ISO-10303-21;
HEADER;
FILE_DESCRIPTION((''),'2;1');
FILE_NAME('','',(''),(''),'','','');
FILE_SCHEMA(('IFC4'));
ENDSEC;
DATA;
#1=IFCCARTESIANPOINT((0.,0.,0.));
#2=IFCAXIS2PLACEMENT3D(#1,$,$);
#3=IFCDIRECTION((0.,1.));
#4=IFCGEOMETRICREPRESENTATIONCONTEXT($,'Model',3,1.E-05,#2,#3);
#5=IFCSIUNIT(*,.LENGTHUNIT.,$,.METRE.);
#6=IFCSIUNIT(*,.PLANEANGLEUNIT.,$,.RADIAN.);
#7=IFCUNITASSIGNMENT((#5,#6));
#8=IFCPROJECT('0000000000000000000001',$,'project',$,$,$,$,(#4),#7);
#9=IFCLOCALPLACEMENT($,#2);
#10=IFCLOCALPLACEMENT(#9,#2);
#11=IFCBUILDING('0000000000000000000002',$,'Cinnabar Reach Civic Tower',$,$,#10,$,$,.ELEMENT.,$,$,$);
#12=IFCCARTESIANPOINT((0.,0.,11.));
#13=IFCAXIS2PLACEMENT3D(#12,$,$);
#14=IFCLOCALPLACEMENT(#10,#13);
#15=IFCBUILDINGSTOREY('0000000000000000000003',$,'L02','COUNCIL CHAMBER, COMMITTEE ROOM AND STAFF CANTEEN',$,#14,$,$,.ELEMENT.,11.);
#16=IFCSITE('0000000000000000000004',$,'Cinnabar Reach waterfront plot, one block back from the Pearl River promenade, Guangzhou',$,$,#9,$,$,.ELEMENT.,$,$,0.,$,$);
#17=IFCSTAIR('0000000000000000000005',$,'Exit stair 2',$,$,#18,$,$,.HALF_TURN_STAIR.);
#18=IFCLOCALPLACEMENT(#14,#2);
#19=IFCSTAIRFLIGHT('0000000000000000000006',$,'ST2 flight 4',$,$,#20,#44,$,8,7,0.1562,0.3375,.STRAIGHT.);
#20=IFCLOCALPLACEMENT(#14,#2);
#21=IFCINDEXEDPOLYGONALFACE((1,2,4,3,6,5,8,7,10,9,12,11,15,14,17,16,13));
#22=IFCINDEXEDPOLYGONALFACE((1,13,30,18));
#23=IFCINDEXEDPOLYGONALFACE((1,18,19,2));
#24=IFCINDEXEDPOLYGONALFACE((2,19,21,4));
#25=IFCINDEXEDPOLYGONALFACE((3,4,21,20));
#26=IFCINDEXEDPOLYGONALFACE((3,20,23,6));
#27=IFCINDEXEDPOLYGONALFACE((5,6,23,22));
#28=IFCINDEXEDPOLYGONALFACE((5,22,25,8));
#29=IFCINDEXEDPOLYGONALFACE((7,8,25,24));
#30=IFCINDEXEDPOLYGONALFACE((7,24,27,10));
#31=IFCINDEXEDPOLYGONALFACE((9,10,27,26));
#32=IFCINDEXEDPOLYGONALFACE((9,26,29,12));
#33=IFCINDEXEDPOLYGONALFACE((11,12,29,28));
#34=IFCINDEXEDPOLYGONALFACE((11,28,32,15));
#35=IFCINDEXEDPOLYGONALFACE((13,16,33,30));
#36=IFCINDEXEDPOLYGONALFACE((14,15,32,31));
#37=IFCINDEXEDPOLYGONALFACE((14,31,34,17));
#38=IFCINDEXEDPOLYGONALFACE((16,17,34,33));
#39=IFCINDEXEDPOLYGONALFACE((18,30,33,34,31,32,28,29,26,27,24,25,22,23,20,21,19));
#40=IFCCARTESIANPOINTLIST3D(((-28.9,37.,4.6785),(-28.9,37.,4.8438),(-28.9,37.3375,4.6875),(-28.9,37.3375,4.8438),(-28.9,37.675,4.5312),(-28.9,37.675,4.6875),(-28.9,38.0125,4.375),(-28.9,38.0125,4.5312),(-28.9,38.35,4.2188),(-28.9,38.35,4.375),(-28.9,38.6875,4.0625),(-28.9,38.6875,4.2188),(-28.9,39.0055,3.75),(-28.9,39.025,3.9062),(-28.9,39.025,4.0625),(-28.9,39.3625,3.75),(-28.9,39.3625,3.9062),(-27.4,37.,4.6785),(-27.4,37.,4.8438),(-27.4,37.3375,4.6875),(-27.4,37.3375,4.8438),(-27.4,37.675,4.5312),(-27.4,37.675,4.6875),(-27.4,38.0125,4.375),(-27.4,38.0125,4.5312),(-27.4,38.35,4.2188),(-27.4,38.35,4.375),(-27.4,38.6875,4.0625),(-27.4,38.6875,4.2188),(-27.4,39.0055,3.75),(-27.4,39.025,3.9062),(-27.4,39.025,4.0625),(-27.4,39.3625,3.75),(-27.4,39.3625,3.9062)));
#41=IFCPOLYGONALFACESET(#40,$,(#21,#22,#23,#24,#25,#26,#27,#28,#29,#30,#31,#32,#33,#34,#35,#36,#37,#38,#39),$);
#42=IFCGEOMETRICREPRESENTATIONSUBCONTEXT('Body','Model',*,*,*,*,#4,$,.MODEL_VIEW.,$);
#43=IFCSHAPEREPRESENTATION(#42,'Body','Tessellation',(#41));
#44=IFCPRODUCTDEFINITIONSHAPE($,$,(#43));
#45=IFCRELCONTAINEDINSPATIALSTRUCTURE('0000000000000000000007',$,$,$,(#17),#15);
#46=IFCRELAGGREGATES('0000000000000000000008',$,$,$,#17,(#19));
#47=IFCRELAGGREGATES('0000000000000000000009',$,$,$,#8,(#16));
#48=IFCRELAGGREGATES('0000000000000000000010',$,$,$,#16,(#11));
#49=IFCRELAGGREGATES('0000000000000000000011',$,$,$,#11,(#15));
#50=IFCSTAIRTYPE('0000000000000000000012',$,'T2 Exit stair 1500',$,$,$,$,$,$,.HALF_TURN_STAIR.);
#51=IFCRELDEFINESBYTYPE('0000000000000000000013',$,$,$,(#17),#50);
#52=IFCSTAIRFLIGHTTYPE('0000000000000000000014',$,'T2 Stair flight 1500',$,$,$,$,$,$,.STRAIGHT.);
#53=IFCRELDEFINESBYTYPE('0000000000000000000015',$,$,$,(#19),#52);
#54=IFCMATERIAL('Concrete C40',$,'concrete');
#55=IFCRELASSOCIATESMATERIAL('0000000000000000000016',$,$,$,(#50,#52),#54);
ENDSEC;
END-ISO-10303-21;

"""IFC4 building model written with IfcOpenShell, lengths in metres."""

from ifc_helpers import new_model, si_unit, direction, frame, origin, place, context, subcontext, project, spatial, polyline, outline, extrude, material, type_object, element, aggregate, save


model = new_model("IFC4")

# Units and contexts
model_context = context("Model", 3, precision=1e-05, world=origin(), true_north=direction((0.0, 1.0)))
body_context = subcontext(model_context, "Body", "Model", "MODEL_VIEW")
ifc_project = project(units=[si_unit("LENGTHUNIT", "METRE"), si_unit("PLANEANGLEUNIT", "RADIAN")], contexts=[model_context])

# Site, building, storey
site_placement = place(None, origin())
site = spatial("IfcSite", under=ifc_project, at=site_placement, Name="Cinnabar Reach waterfront plot, one block back from the Pearl River promenade, Guangzhou", CompositionType="ELEMENT", RefElevation=0.0)
building_placement = place(site_placement, origin())
building = spatial("IfcBuilding", under=site, at=building_placement, Name="Cinnabar Reach Civic Tower", CompositionType="ELEMENT")
storey_placement = place(building_placement, frame((0.0, 0.0, 11.0)))
storey = spatial("IfcBuildingStorey", under=building, at=storey_placement, Name="L02", Description="COUNCIL CHAMBER, COMMITTEE ROOM AND STAFF CANTEEN", CompositionType="ELEMENT", Elevation=11.0)

# Shared definitions
ifc_material_1 = material(Name="Concrete C40", Category="concrete")

# Stair, stair flight
stair_type = type_object("IfcStairType", Name="T2 Exit stair 1500", PredefinedType="HALF_TURN_STAIR", material=ifc_material_1)
stair_placement = place(storey_placement, origin())
stair = element("IfcStair", 1, at=stair_placement, inside=storey, type_object=stair_type, Name="Exit stair 2", PredefinedType="HALF_TURN_STAIR")
stair_flight_type = type_object("IfcStairFlightType", Name="T2 Stair flight 1500", PredefinedType="STRAIGHT", material=ifc_material_1)
stair_flight_1_placement = place(storey_placement, frame((-28.15, 39.3625, 3.75), z_axis=(0.0, 0.0, 1.0), x_axis=(0.0, -1.0, 0.0)))
stair_flight_1 = element("IfcStairFlight", 2, at=stair_flight_1_placement, type_object=stair_flight_type, Name="ST2 flight 4", NumberOfRisers=8, NumberOfTreads=7, PredefinedType="STRAIGHT", RiserHeight=0.1562, TreadLength=0.3375, context=body_context, shape_type="SweptSolid", body=[
    extrude(outline(polyline([(0.0, 0.0), (0.0, 0.1562), (0.3375, 0.1562), (0.3375, 0.3125), (0.675, 0.3125), (0.675, 0.4688), (1.0125, 0.4688), (1.0125, 0.625), (1.35, 0.625), (1.35, 0.7812), (1.6875, 0.7812), (1.6875, 0.9375), (2.025, 0.9375), (2.025, 1.0938), (2.3625, 1.0938), (2.3625, 1.25), (2.3625, 0.9285), (0.357, 0.0), (0.0, 0.0)])), frame((0.0, 0.75, 0.0), z_axis=(0.0, -1.0, 0.0), x_axis=(1.0, 0.0, 0.0)), (0.0, 0.0, 1.0), 1.5),
])
aggregate(stair, [stair_flight_1])

save(model, "model.ifc")
